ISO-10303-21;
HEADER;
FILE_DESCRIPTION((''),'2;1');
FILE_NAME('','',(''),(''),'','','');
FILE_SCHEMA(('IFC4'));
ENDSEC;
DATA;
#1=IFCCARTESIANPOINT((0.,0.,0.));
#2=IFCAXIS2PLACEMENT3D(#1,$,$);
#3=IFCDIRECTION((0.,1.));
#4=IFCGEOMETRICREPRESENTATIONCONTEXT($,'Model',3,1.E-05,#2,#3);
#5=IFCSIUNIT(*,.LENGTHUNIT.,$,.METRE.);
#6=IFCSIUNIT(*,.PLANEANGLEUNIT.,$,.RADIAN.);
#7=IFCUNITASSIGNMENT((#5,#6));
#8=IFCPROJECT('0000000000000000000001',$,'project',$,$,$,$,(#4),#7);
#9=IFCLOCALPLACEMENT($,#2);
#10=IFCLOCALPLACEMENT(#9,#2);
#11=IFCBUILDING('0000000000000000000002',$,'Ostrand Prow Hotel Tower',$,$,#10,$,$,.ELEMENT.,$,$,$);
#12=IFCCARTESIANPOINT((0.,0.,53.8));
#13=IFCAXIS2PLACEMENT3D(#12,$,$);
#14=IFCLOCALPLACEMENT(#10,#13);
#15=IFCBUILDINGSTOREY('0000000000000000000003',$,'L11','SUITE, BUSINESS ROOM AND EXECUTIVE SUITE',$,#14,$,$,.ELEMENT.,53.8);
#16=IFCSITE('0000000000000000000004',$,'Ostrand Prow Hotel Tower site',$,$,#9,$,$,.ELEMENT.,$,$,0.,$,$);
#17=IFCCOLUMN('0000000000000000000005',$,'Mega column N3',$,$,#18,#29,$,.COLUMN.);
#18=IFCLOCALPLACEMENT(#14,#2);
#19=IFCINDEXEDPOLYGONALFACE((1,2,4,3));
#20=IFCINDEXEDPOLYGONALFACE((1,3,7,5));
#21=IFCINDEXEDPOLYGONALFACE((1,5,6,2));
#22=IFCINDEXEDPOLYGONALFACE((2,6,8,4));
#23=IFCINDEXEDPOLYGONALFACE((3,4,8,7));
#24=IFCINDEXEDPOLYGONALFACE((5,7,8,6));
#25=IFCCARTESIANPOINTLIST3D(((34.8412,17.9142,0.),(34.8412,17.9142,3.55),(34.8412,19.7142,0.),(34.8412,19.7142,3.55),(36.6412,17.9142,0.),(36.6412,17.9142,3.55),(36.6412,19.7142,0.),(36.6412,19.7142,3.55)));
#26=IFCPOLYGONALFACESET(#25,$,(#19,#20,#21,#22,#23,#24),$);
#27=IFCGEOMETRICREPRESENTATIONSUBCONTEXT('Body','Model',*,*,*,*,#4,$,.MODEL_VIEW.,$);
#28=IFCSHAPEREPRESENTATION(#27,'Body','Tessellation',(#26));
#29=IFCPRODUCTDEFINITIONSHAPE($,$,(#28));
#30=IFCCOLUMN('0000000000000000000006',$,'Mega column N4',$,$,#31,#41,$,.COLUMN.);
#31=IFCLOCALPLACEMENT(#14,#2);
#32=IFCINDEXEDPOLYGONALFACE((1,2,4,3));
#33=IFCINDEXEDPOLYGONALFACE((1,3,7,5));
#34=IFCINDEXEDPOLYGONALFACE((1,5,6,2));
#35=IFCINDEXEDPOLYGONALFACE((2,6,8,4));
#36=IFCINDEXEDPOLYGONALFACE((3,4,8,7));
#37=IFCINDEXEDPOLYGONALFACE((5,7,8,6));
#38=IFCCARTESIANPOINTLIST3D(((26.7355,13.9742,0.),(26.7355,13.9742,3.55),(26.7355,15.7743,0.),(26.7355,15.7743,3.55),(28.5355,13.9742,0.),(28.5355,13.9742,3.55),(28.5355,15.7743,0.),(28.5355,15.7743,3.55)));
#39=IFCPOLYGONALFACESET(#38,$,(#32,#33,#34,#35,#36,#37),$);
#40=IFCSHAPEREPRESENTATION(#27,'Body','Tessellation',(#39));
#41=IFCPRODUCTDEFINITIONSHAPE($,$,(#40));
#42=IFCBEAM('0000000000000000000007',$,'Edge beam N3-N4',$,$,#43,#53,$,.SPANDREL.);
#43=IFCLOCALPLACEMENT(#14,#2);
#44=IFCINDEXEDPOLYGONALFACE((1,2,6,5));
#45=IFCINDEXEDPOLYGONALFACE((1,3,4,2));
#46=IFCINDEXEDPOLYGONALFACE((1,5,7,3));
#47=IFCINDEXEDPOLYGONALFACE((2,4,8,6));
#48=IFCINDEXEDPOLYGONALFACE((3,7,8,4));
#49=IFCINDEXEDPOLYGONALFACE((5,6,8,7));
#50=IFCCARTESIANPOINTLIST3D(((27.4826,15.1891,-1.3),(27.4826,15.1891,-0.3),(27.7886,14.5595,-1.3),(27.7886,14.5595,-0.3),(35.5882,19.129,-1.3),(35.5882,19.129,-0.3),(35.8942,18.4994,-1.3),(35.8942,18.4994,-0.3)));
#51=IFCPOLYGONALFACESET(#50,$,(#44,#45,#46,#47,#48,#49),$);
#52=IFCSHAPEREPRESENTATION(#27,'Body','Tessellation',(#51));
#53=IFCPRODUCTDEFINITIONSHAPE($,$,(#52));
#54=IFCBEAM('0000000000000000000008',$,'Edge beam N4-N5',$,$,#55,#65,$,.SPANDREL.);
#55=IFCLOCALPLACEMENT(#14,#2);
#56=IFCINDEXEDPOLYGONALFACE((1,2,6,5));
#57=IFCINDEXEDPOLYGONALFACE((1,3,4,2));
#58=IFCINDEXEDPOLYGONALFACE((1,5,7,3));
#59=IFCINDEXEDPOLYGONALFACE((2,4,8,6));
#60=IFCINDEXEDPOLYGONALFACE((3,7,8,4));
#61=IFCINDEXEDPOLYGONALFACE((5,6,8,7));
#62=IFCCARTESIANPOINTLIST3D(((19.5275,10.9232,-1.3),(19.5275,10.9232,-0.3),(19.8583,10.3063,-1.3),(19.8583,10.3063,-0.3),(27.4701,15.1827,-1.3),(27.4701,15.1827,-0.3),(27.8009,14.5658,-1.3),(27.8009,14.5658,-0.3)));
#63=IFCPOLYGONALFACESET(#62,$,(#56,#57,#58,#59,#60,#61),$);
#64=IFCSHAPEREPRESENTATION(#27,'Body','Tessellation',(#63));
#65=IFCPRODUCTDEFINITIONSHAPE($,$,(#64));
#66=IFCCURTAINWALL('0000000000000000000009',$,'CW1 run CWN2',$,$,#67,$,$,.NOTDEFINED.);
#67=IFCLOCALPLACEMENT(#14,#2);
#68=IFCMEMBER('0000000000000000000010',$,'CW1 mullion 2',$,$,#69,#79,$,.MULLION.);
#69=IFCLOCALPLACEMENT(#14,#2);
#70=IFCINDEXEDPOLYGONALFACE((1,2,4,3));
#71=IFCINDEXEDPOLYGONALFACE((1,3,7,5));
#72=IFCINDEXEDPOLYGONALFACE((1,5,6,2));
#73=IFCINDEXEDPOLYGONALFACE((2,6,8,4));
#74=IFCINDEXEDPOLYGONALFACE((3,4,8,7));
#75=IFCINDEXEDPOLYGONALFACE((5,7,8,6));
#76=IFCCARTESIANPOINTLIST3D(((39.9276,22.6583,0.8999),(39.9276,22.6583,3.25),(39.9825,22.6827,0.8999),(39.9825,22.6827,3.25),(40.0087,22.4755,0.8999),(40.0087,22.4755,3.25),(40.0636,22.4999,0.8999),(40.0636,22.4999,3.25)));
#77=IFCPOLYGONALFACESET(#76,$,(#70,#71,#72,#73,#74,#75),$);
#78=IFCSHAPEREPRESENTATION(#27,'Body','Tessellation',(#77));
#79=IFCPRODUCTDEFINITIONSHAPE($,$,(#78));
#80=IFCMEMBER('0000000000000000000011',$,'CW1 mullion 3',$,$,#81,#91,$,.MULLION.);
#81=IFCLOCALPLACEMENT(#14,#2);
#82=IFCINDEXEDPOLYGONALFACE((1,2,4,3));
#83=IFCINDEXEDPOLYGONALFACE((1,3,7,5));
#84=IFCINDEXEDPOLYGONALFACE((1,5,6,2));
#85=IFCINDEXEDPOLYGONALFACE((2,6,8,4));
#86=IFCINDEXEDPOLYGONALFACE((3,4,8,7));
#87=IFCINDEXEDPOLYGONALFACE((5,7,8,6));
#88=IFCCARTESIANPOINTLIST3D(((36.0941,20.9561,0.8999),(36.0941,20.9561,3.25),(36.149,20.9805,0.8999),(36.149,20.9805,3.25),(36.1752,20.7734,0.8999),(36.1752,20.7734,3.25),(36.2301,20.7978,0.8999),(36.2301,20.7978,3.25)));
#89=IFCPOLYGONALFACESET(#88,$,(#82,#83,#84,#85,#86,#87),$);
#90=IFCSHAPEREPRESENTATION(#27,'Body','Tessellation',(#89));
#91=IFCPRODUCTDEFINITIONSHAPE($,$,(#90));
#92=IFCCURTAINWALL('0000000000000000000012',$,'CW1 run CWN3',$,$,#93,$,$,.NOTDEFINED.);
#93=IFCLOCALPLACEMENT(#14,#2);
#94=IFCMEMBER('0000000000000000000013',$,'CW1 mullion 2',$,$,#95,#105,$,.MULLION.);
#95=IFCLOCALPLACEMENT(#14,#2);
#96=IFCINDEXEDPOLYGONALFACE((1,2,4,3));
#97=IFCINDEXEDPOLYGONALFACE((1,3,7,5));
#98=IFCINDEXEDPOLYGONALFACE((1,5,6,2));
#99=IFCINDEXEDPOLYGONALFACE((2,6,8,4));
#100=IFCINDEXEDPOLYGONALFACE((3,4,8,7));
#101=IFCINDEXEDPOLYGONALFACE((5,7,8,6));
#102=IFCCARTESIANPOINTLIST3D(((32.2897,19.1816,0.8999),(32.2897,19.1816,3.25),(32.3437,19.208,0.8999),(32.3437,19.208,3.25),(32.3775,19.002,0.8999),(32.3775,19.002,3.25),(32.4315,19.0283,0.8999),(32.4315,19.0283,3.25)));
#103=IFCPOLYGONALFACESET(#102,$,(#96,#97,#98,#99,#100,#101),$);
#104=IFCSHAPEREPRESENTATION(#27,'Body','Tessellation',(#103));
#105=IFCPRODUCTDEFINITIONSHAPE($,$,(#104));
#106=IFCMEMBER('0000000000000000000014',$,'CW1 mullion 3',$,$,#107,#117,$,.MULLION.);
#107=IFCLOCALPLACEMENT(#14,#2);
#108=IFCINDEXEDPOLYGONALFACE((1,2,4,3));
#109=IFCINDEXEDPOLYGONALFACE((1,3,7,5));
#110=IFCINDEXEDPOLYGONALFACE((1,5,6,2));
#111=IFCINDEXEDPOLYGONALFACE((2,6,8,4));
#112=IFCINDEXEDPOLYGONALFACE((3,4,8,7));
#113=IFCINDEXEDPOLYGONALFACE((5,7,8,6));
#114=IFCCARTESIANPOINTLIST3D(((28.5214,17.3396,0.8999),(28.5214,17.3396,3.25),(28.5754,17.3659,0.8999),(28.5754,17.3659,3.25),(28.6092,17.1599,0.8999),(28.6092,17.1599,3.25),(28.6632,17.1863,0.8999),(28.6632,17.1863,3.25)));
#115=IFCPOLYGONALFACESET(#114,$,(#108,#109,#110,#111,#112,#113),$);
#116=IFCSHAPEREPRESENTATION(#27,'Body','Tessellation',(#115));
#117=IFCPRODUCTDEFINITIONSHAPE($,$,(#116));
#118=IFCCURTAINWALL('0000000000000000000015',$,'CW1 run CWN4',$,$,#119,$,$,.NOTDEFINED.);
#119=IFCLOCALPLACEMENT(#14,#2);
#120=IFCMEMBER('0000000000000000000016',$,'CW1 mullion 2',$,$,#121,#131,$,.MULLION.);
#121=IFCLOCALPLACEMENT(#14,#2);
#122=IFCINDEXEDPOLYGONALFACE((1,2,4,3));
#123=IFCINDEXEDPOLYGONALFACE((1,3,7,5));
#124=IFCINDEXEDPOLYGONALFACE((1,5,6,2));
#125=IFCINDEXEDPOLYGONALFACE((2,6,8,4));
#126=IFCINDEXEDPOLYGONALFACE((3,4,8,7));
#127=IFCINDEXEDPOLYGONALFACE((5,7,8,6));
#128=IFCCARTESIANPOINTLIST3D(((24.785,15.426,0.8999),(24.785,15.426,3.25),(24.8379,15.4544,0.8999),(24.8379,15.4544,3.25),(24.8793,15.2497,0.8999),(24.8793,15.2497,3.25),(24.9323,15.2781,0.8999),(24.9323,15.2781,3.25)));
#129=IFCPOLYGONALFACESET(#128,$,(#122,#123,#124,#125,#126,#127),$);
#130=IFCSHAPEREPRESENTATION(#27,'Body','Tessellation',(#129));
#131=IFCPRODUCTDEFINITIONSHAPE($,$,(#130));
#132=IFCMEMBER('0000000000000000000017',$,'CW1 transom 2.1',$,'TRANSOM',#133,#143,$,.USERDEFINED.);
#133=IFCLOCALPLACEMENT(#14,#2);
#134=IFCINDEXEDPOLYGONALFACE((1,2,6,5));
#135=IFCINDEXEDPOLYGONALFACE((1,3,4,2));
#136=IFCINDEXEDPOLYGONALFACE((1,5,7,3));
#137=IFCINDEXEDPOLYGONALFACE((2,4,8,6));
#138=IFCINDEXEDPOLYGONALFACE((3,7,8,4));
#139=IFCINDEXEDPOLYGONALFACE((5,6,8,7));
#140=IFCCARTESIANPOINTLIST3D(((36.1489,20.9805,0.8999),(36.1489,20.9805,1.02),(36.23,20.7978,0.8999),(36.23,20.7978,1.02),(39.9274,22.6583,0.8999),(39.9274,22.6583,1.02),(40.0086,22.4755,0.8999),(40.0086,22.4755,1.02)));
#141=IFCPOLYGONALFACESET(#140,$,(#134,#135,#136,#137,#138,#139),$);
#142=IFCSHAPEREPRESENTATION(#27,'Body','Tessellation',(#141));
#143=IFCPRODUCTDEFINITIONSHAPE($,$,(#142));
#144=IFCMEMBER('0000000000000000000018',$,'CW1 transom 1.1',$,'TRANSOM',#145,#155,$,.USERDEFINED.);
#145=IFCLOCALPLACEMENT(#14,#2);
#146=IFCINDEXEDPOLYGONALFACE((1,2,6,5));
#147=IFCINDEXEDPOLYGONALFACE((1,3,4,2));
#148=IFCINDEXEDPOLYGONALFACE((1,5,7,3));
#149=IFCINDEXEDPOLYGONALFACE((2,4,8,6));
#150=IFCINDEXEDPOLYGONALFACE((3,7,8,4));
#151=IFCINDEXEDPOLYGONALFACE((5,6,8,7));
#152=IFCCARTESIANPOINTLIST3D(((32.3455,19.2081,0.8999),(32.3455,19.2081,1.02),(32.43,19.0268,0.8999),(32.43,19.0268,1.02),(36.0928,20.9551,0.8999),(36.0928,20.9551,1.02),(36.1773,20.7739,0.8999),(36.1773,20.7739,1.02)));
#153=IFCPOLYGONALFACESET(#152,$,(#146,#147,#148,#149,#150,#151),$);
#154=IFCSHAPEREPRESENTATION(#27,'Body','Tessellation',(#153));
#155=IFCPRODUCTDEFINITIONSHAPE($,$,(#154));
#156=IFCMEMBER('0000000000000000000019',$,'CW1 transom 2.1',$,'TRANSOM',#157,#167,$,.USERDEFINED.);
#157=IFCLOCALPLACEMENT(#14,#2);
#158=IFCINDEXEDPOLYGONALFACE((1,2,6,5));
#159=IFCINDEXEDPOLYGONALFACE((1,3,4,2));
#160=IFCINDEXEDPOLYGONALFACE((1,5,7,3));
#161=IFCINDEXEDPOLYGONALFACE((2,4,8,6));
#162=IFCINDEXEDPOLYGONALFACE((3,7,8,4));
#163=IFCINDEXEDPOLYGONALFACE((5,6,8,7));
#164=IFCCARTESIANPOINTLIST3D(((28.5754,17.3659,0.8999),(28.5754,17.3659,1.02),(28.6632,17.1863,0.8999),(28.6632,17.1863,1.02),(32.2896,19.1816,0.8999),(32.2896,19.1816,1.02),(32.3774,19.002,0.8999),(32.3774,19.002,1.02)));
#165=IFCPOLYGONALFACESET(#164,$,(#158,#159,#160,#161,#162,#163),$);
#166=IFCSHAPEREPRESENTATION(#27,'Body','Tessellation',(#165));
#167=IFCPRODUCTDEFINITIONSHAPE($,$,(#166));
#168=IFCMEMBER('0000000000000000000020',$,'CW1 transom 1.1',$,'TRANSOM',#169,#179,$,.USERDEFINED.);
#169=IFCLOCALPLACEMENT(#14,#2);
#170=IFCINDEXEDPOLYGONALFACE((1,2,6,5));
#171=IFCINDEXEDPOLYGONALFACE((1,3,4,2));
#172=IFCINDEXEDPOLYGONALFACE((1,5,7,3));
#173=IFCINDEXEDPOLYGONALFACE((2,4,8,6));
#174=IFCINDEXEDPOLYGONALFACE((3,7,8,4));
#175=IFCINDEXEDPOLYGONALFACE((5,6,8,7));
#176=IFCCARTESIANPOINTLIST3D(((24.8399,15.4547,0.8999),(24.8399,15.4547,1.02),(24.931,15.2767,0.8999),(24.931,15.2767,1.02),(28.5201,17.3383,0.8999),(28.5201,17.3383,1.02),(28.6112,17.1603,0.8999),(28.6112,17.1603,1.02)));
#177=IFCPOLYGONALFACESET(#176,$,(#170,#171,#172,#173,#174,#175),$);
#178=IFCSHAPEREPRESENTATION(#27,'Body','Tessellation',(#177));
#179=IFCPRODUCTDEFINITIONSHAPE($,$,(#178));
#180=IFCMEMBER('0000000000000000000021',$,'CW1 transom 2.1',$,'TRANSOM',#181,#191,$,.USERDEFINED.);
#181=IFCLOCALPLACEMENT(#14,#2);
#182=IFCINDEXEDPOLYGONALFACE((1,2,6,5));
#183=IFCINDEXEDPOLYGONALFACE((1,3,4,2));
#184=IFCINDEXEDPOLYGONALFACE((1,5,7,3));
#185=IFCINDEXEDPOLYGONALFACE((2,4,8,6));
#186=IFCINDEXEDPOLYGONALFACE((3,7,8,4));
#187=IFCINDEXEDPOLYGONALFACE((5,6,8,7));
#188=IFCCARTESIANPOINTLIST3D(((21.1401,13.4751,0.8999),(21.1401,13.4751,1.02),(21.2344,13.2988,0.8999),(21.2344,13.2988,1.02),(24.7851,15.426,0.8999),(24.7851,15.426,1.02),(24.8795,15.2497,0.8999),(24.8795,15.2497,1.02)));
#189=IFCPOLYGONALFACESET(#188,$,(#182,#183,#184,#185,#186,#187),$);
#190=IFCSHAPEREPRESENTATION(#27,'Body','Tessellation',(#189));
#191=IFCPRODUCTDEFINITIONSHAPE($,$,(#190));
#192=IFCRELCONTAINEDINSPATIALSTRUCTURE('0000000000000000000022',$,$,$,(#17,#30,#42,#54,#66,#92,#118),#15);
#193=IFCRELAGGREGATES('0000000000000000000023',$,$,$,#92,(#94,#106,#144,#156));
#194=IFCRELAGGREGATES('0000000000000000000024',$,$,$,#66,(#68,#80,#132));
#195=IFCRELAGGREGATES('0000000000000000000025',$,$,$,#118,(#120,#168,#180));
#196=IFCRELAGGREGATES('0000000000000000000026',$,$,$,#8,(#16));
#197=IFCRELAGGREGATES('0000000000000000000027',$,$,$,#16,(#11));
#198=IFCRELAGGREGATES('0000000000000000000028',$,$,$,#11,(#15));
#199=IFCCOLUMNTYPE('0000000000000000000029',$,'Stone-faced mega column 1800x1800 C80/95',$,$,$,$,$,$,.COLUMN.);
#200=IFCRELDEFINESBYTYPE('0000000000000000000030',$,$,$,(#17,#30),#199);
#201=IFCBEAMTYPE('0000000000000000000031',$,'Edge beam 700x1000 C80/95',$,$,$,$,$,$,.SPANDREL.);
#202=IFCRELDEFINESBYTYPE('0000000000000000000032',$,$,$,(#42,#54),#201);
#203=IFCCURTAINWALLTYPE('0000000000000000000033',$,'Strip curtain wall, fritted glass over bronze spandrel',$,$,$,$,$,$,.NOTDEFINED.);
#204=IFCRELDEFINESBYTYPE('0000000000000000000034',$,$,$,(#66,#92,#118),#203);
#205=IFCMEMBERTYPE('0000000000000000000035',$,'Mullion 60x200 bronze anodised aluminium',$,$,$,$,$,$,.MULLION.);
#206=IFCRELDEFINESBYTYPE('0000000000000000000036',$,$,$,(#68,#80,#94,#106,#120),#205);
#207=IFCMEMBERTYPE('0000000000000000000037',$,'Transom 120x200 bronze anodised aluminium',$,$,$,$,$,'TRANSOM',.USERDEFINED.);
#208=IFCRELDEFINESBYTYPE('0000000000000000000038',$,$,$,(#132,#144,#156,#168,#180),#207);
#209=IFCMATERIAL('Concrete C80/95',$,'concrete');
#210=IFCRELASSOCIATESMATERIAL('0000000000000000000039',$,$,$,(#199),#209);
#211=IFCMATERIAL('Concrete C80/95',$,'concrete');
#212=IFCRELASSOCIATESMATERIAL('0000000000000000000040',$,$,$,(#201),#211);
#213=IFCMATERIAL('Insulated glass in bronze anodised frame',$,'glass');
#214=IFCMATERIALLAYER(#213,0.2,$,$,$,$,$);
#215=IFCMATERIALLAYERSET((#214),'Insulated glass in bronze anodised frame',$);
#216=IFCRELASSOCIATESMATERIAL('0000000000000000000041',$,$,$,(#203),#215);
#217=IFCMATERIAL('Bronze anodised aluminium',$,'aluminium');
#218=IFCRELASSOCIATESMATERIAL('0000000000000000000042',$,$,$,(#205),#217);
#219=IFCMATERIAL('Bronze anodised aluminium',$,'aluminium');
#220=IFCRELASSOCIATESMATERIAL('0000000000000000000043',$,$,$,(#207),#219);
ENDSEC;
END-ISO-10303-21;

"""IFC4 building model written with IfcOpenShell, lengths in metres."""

from ifc_helpers import new_model, si_unit, direction, frame, origin, origin_2d, place, context, subcontext, project, spatial, rectangle, extrude, material, layer, layer_set, material_profile, profile_set, type_object, element, aggregate, save


model = new_model("IFC4")

# Units and contexts
model_context = context("Model", 3, precision=1e-05, world=origin(), true_north=direction((0.0, 1.0)))
body_context = subcontext(model_context, "Body", "Model", "MODEL_VIEW")
ifc_project = project(units=[si_unit("LENGTHUNIT", "METRE"), si_unit("PLANEANGLEUNIT", "RADIAN")], contexts=[model_context])

# Site, building, storey
site_placement = place(None, origin())
site = spatial("IfcSite", under=ifc_project, at=site_placement, Name="Ostrand Prow Hotel Tower site", CompositionType="ELEMENT", RefElevation=0.0)
building_placement = place(site_placement, origin())
building = spatial("IfcBuilding", under=site, at=building_placement, Name="Ostrand Prow Hotel Tower", CompositionType="ELEMENT")
storey_placement = place(building_placement, frame((0.0, 0.0, 53.8)))
storey = spatial("IfcBuildingStorey", under=building, at=storey_placement, Name="L11", Description="SUITE, BUSINESS ROOM AND EXECUTIVE SUITE", CompositionType="ELEMENT", Elevation=53.8)

# Columns
ifc_material_1 = material(Name="Concrete C80/95", Category="concrete")
ifc_material_profile_1 = material_profile(ifc_material_1, rectangle(XDim=1.8, YDim=1.8, at=origin_2d()), Name="RC 1800x1800")
ifc_profile_set_1 = profile_set([ifc_material_profile_1], Name="Concrete C80/95")
column_type = type_object("IfcColumnType", Name="Stone-faced mega column 1800x1800 C80/95", PredefinedType="COLUMN", material=ifc_profile_set_1)
for number, where, z_axis, x_axis, name in (
    (1, (35.7412, 18.8142, 0.0), (0.0, 0.0, 1.0), (1.0, 0.0, 0.0), "Mega column N3"),
    (2, (27.6355, 14.8743, 0.0), (0.0, 0.0, 1.0), (1.0, 0.0, 0.0), "Mega column N4"),
):
    element("IfcColumn", number, at=place(storey_placement, frame(where, z_axis=z_axis, x_axis=x_axis)), inside=storey, type_object=column_type, Name=name, PredefinedType="COLUMN", context=body_context, shape_type="SweptSolid", body=[
        extrude(rectangle(XDim=1.8, YDim=1.8, at=origin_2d()), origin(), (0.0, 0.0, 1.0), 3.55),
    ])

# Beams
ifc_material_2 = material(Name="Concrete C80/95", Category="concrete")
ifc_material_profile_2 = material_profile(ifc_material_2, rectangle(XDim=0.7, YDim=1.0, at=origin_2d()), Name="RC 700x1000")
ifc_profile_set_2 = profile_set([ifc_material_profile_2], Name="Concrete C80/95")
beam_type = type_object("IfcBeamType", Name="Edge beam 700x1000 C80/95", PredefinedType="SPANDREL", material=ifc_profile_set_2)
beam_1_placement = place(storey_placement, frame((35.7412, 18.8142, -0.8), z_axis=(-0.899382, -0.437163, 0.0), x_axis=(0.437163, -0.899382, 0.0)))
element("IfcBeam", 3, at=beam_1_placement, inside=storey, type_object=beam_type, Name="Edge beam N3-N4", PredefinedType="SPANDREL", context=body_context, shape_type="SweptSolid", body=[
    extrude(rectangle(XDim=0.7, YDim=1.0, at=origin_2d()), origin(), (0.0, 0.0, 1.0), 9.0125),
])
beam_2_placement = place(storey_placement, frame((27.6355, 14.8743, -0.8), z_axis=(-0.88127, -0.472613, 0.0), x_axis=(0.472613, -0.88127, 0.0)))
element("IfcBeam", 4, at=beam_2_placement, inside=storey, type_object=beam_type, Name="Edge beam N4-N5", PredefinedType="SPANDREL", context=body_context, shape_type="SweptSolid", body=[
    extrude(rectangle(XDim=0.7, YDim=1.0, at=origin_2d()), origin(), (0.0, 0.0, 1.0), 9.0127),
])

# Curtain walls, members
ifc_material_3 = material(Name="Insulated glass in bronze anodised frame", Category="glass")
ifc_layer_1 = layer(ifc_material_3, 0.2)
ifc_layer_set_1 = layer_set([ifc_layer_1], Name="Insulated glass in bronze anodised frame")
curtain_wall_type = type_object("IfcCurtainWallType", Name="Strip curtain wall, fritted glass over bronze spandrel", PredefinedType="NOTDEFINED", material=ifc_layer_set_1)
curtain_wall_1_placement = place(storey_placement, origin())
curtain_wall_1 = element("IfcCurtainWall", 5, at=curtain_wall_1_placement, inside=storey, type_object=curtain_wall_type, Name="CW1 run CWN2", PredefinedType="NOTDEFINED")
ifc_material_4 = material(Name="Bronze anodised aluminium", Category="aluminium")
ifc_material_profile_3 = material_profile(ifc_material_4, rectangle(XDim=0.2, YDim=0.0601, at=origin_2d()), Name="Mullion 60x200 bronze anodised aluminium")
ifc_profile_set_3 = profile_set([ifc_material_profile_3], Name="Bronze anodised aluminium")
member_type_1 = type_object("IfcMemberType", Name="Mullion 60x200 bronze anodised aluminium", PredefinedType="MULLION", material=ifc_profile_set_3)
member_1_placement = place(storey_placement, frame((39.9956, 22.5791, 0.8999), z_axis=(0.0, 0.0, 1.0), x_axis=(0.40578, -0.913971, 0.0)))
member_1 = element("IfcMember", 6, at=member_1_placement, type_object=member_type_1, Name="CW1 mullion 2", PredefinedType="MULLION", context=body_context, shape_type="SweptSolid", body=[
    extrude(rectangle(XDim=0.2, YDim=0.0601, at=origin_2d()), origin(), (0.0, 0.0, 1.0), 2.3501),
])
member_2_placement = place(storey_placement, frame((36.1621, 20.877, 0.8999), z_axis=(0.0, 0.0, 1.0), x_axis=(0.40578, -0.913971, 0.0)))
member_2 = element("IfcMember", 7, at=member_2_placement, type_object=member_type_1, Name="CW1 mullion 3", PredefinedType="MULLION", context=body_context, shape_type="SweptSolid", body=[
    extrude(rectangle(XDim=0.2, YDim=0.0601, at=origin_2d()), origin(), (0.0, 0.0, 1.0), 2.3501),
])
curtain_wall_2_placement = place(storey_placement, origin())
curtain_wall_2 = element("IfcCurtainWall", 8, at=curtain_wall_2_placement, inside=storey, type_object=curtain_wall_type, Name="CW1 run CWN3", PredefinedType="NOTDEFINED")
member_3_placement = place(storey_placement, frame((32.3606, 19.105, 0.8999), z_axis=(0.0, 0.0, 1.0), x_axis=(0.439138, -0.89842, 0.0)))
member_3 = element("IfcMember", 9, at=member_3_placement, type_object=member_type_1, Name="CW1 mullion 2", PredefinedType="MULLION", context=body_context, shape_type="SweptSolid", body=[
    extrude(rectangle(XDim=0.2, YDim=0.0601, at=origin_2d()), origin(), (0.0, 0.0, 1.0), 2.3501),
])
member_4_placement = place(storey_placement, frame((28.5923, 17.2629, 0.8999), z_axis=(0.0, 0.0, 1.0), x_axis=(0.439138, -0.89842, 0.0)))
member_4 = element("IfcMember", 10, at=member_4_placement, type_object=member_type_1, Name="CW1 mullion 3", PredefinedType="MULLION", context=body_context, shape_type="SweptSolid", body=[
    extrude(rectangle(XDim=0.2, YDim=0.0601, at=origin_2d()), origin(), (0.0, 0.0, 1.0), 2.3501),
])

# Curtain wall, member
curtain_wall_3_placement = place(storey_placement, origin())
curtain_wall_3 = element("IfcCurtainWall", 11, at=curtain_wall_3_placement, inside=storey, type_object=curtain_wall_type, Name="CW1 run CWN4", PredefinedType="NOTDEFINED")
member_5_placement = place(storey_placement, frame((24.8586, 15.3521, 0.8999), z_axis=(0.0, 0.0, 1.0), x_axis=(0.4719, -0.881652, 0.0)))
member_5 = element("IfcMember", 12, at=member_5_placement, type_object=member_type_1, Name="CW1 mullion 2", PredefinedType="MULLION", context=body_context, shape_type="SweptSolid", body=[
    extrude(rectangle(XDim=0.2, YDim=0.0601, at=origin_2d()), origin(), (0.0, 0.0, 1.0), 2.3501),
])

# Members
ifc_material_5 = material(Name="Bronze anodised aluminium", Category="aluminium")
ifc_material_profile_4 = material_profile(ifc_material_5, rectangle(XDim=0.2, YDim=0.1201, at=origin_2d()), Name="Transom 120x200 bronze anodised aluminium")
ifc_profile_set_4 = profile_set([ifc_material_profile_4], Name="Bronze anodised aluminium")
member_type_2 = type_object("IfcMemberType", Name="Transom 120x200 bronze anodised aluminium", ElementType="TRANSOM", PredefinedType="USERDEFINED", material=ifc_profile_set_4)
member_6_placement = place(storey_placement, frame((39.968, 22.5669, 0.96), z_axis=(-0.913958, -0.40581, 0.0), x_axis=(0.40581, -0.913958, 0.0)))
member_6 = element("IfcMember", 13, at=member_6_placement, type_object=member_type_2, Name="CW1 transom 2.1", ObjectType="TRANSOM", PredefinedType="USERDEFINED", context=body_context, shape_type="SweptSolid", body=[
    extrude(rectangle(XDim=0.2, YDim=0.1201, at=origin_2d()), origin(), (0.0, 0.0, 1.0), 4.1343),
])
member_7_placement = place(storey_placement, frame((36.135, 20.8645, 0.96), z_axis=(-0.906338, -0.422552, 0.0), x_axis=(0.422552, -0.906338, 0.0)))
member_7 = element("IfcMember", 14, at=member_7_placement, type_object=member_type_2, Name="CW1 transom 1.1", ObjectType="TRANSOM", PredefinedType="USERDEFINED", context=body_context, shape_type="SweptSolid", body=[
    extrude(rectangle(XDim=0.2, YDim=0.1201, at=origin_2d()), origin(), (0.0, 0.0, 1.0), 4.1345),
])
member_8_placement = place(storey_placement, frame((32.3335, 19.0918, 0.96), z_axis=(-0.898395, -0.439188, 0.0), x_axis=(0.439188, -0.898395, 0.0)))
member_8 = element("IfcMember", 15, at=member_8_placement, type_object=member_type_2, Name="CW1 transom 2.1", ObjectType="TRANSOM", PredefinedType="USERDEFINED", context=body_context, shape_type="SweptSolid", body=[
    extrude(rectangle(XDim=0.2, YDim=0.1201, at=origin_2d()), origin(), (0.0, 0.0, 1.0), 4.1343),
])
member_9_placement = place(storey_placement, frame((28.5657, 17.2493, 0.96), z_axis=(-0.890183, -0.455603, 0.0), x_axis=(0.455603, -0.890183, 0.0)))
member_9 = element("IfcMember", 16, at=member_9_placement, type_object=member_type_2, Name="CW1 transom 1.1", ObjectType="TRANSOM", PredefinedType="USERDEFINED", context=body_context, shape_type="SweptSolid", body=[
    extrude(rectangle(XDim=0.2, YDim=0.1201, at=origin_2d()), origin(), (0.0, 0.0, 1.0), 4.1343),
])
member_10_placement = place(storey_placement, frame((24.8323, 15.3379, 0.96), z_axis=(-0.881657, -0.47189, 0.0), x_axis=(0.47189, -0.881657, 0.0)))
member_10 = element("IfcMember", 17, at=member_10_placement, type_object=member_type_2, Name="CW1 transom 2.1", ObjectType="TRANSOM", PredefinedType="USERDEFINED", context=body_context, shape_type="SweptSolid", body=[
    extrude(rectangle(XDim=0.2, YDim=0.1201, at=origin_2d()), origin(), (0.0, 0.0, 1.0), 4.1343),
])

aggregate(curtain_wall_2, [member_3, member_4, member_7, member_8])
aggregate(curtain_wall_1, [member_1, member_2, member_6])
aggregate(curtain_wall_3, [member_5, member_9, member_10])

save(model, "model.ifc")
